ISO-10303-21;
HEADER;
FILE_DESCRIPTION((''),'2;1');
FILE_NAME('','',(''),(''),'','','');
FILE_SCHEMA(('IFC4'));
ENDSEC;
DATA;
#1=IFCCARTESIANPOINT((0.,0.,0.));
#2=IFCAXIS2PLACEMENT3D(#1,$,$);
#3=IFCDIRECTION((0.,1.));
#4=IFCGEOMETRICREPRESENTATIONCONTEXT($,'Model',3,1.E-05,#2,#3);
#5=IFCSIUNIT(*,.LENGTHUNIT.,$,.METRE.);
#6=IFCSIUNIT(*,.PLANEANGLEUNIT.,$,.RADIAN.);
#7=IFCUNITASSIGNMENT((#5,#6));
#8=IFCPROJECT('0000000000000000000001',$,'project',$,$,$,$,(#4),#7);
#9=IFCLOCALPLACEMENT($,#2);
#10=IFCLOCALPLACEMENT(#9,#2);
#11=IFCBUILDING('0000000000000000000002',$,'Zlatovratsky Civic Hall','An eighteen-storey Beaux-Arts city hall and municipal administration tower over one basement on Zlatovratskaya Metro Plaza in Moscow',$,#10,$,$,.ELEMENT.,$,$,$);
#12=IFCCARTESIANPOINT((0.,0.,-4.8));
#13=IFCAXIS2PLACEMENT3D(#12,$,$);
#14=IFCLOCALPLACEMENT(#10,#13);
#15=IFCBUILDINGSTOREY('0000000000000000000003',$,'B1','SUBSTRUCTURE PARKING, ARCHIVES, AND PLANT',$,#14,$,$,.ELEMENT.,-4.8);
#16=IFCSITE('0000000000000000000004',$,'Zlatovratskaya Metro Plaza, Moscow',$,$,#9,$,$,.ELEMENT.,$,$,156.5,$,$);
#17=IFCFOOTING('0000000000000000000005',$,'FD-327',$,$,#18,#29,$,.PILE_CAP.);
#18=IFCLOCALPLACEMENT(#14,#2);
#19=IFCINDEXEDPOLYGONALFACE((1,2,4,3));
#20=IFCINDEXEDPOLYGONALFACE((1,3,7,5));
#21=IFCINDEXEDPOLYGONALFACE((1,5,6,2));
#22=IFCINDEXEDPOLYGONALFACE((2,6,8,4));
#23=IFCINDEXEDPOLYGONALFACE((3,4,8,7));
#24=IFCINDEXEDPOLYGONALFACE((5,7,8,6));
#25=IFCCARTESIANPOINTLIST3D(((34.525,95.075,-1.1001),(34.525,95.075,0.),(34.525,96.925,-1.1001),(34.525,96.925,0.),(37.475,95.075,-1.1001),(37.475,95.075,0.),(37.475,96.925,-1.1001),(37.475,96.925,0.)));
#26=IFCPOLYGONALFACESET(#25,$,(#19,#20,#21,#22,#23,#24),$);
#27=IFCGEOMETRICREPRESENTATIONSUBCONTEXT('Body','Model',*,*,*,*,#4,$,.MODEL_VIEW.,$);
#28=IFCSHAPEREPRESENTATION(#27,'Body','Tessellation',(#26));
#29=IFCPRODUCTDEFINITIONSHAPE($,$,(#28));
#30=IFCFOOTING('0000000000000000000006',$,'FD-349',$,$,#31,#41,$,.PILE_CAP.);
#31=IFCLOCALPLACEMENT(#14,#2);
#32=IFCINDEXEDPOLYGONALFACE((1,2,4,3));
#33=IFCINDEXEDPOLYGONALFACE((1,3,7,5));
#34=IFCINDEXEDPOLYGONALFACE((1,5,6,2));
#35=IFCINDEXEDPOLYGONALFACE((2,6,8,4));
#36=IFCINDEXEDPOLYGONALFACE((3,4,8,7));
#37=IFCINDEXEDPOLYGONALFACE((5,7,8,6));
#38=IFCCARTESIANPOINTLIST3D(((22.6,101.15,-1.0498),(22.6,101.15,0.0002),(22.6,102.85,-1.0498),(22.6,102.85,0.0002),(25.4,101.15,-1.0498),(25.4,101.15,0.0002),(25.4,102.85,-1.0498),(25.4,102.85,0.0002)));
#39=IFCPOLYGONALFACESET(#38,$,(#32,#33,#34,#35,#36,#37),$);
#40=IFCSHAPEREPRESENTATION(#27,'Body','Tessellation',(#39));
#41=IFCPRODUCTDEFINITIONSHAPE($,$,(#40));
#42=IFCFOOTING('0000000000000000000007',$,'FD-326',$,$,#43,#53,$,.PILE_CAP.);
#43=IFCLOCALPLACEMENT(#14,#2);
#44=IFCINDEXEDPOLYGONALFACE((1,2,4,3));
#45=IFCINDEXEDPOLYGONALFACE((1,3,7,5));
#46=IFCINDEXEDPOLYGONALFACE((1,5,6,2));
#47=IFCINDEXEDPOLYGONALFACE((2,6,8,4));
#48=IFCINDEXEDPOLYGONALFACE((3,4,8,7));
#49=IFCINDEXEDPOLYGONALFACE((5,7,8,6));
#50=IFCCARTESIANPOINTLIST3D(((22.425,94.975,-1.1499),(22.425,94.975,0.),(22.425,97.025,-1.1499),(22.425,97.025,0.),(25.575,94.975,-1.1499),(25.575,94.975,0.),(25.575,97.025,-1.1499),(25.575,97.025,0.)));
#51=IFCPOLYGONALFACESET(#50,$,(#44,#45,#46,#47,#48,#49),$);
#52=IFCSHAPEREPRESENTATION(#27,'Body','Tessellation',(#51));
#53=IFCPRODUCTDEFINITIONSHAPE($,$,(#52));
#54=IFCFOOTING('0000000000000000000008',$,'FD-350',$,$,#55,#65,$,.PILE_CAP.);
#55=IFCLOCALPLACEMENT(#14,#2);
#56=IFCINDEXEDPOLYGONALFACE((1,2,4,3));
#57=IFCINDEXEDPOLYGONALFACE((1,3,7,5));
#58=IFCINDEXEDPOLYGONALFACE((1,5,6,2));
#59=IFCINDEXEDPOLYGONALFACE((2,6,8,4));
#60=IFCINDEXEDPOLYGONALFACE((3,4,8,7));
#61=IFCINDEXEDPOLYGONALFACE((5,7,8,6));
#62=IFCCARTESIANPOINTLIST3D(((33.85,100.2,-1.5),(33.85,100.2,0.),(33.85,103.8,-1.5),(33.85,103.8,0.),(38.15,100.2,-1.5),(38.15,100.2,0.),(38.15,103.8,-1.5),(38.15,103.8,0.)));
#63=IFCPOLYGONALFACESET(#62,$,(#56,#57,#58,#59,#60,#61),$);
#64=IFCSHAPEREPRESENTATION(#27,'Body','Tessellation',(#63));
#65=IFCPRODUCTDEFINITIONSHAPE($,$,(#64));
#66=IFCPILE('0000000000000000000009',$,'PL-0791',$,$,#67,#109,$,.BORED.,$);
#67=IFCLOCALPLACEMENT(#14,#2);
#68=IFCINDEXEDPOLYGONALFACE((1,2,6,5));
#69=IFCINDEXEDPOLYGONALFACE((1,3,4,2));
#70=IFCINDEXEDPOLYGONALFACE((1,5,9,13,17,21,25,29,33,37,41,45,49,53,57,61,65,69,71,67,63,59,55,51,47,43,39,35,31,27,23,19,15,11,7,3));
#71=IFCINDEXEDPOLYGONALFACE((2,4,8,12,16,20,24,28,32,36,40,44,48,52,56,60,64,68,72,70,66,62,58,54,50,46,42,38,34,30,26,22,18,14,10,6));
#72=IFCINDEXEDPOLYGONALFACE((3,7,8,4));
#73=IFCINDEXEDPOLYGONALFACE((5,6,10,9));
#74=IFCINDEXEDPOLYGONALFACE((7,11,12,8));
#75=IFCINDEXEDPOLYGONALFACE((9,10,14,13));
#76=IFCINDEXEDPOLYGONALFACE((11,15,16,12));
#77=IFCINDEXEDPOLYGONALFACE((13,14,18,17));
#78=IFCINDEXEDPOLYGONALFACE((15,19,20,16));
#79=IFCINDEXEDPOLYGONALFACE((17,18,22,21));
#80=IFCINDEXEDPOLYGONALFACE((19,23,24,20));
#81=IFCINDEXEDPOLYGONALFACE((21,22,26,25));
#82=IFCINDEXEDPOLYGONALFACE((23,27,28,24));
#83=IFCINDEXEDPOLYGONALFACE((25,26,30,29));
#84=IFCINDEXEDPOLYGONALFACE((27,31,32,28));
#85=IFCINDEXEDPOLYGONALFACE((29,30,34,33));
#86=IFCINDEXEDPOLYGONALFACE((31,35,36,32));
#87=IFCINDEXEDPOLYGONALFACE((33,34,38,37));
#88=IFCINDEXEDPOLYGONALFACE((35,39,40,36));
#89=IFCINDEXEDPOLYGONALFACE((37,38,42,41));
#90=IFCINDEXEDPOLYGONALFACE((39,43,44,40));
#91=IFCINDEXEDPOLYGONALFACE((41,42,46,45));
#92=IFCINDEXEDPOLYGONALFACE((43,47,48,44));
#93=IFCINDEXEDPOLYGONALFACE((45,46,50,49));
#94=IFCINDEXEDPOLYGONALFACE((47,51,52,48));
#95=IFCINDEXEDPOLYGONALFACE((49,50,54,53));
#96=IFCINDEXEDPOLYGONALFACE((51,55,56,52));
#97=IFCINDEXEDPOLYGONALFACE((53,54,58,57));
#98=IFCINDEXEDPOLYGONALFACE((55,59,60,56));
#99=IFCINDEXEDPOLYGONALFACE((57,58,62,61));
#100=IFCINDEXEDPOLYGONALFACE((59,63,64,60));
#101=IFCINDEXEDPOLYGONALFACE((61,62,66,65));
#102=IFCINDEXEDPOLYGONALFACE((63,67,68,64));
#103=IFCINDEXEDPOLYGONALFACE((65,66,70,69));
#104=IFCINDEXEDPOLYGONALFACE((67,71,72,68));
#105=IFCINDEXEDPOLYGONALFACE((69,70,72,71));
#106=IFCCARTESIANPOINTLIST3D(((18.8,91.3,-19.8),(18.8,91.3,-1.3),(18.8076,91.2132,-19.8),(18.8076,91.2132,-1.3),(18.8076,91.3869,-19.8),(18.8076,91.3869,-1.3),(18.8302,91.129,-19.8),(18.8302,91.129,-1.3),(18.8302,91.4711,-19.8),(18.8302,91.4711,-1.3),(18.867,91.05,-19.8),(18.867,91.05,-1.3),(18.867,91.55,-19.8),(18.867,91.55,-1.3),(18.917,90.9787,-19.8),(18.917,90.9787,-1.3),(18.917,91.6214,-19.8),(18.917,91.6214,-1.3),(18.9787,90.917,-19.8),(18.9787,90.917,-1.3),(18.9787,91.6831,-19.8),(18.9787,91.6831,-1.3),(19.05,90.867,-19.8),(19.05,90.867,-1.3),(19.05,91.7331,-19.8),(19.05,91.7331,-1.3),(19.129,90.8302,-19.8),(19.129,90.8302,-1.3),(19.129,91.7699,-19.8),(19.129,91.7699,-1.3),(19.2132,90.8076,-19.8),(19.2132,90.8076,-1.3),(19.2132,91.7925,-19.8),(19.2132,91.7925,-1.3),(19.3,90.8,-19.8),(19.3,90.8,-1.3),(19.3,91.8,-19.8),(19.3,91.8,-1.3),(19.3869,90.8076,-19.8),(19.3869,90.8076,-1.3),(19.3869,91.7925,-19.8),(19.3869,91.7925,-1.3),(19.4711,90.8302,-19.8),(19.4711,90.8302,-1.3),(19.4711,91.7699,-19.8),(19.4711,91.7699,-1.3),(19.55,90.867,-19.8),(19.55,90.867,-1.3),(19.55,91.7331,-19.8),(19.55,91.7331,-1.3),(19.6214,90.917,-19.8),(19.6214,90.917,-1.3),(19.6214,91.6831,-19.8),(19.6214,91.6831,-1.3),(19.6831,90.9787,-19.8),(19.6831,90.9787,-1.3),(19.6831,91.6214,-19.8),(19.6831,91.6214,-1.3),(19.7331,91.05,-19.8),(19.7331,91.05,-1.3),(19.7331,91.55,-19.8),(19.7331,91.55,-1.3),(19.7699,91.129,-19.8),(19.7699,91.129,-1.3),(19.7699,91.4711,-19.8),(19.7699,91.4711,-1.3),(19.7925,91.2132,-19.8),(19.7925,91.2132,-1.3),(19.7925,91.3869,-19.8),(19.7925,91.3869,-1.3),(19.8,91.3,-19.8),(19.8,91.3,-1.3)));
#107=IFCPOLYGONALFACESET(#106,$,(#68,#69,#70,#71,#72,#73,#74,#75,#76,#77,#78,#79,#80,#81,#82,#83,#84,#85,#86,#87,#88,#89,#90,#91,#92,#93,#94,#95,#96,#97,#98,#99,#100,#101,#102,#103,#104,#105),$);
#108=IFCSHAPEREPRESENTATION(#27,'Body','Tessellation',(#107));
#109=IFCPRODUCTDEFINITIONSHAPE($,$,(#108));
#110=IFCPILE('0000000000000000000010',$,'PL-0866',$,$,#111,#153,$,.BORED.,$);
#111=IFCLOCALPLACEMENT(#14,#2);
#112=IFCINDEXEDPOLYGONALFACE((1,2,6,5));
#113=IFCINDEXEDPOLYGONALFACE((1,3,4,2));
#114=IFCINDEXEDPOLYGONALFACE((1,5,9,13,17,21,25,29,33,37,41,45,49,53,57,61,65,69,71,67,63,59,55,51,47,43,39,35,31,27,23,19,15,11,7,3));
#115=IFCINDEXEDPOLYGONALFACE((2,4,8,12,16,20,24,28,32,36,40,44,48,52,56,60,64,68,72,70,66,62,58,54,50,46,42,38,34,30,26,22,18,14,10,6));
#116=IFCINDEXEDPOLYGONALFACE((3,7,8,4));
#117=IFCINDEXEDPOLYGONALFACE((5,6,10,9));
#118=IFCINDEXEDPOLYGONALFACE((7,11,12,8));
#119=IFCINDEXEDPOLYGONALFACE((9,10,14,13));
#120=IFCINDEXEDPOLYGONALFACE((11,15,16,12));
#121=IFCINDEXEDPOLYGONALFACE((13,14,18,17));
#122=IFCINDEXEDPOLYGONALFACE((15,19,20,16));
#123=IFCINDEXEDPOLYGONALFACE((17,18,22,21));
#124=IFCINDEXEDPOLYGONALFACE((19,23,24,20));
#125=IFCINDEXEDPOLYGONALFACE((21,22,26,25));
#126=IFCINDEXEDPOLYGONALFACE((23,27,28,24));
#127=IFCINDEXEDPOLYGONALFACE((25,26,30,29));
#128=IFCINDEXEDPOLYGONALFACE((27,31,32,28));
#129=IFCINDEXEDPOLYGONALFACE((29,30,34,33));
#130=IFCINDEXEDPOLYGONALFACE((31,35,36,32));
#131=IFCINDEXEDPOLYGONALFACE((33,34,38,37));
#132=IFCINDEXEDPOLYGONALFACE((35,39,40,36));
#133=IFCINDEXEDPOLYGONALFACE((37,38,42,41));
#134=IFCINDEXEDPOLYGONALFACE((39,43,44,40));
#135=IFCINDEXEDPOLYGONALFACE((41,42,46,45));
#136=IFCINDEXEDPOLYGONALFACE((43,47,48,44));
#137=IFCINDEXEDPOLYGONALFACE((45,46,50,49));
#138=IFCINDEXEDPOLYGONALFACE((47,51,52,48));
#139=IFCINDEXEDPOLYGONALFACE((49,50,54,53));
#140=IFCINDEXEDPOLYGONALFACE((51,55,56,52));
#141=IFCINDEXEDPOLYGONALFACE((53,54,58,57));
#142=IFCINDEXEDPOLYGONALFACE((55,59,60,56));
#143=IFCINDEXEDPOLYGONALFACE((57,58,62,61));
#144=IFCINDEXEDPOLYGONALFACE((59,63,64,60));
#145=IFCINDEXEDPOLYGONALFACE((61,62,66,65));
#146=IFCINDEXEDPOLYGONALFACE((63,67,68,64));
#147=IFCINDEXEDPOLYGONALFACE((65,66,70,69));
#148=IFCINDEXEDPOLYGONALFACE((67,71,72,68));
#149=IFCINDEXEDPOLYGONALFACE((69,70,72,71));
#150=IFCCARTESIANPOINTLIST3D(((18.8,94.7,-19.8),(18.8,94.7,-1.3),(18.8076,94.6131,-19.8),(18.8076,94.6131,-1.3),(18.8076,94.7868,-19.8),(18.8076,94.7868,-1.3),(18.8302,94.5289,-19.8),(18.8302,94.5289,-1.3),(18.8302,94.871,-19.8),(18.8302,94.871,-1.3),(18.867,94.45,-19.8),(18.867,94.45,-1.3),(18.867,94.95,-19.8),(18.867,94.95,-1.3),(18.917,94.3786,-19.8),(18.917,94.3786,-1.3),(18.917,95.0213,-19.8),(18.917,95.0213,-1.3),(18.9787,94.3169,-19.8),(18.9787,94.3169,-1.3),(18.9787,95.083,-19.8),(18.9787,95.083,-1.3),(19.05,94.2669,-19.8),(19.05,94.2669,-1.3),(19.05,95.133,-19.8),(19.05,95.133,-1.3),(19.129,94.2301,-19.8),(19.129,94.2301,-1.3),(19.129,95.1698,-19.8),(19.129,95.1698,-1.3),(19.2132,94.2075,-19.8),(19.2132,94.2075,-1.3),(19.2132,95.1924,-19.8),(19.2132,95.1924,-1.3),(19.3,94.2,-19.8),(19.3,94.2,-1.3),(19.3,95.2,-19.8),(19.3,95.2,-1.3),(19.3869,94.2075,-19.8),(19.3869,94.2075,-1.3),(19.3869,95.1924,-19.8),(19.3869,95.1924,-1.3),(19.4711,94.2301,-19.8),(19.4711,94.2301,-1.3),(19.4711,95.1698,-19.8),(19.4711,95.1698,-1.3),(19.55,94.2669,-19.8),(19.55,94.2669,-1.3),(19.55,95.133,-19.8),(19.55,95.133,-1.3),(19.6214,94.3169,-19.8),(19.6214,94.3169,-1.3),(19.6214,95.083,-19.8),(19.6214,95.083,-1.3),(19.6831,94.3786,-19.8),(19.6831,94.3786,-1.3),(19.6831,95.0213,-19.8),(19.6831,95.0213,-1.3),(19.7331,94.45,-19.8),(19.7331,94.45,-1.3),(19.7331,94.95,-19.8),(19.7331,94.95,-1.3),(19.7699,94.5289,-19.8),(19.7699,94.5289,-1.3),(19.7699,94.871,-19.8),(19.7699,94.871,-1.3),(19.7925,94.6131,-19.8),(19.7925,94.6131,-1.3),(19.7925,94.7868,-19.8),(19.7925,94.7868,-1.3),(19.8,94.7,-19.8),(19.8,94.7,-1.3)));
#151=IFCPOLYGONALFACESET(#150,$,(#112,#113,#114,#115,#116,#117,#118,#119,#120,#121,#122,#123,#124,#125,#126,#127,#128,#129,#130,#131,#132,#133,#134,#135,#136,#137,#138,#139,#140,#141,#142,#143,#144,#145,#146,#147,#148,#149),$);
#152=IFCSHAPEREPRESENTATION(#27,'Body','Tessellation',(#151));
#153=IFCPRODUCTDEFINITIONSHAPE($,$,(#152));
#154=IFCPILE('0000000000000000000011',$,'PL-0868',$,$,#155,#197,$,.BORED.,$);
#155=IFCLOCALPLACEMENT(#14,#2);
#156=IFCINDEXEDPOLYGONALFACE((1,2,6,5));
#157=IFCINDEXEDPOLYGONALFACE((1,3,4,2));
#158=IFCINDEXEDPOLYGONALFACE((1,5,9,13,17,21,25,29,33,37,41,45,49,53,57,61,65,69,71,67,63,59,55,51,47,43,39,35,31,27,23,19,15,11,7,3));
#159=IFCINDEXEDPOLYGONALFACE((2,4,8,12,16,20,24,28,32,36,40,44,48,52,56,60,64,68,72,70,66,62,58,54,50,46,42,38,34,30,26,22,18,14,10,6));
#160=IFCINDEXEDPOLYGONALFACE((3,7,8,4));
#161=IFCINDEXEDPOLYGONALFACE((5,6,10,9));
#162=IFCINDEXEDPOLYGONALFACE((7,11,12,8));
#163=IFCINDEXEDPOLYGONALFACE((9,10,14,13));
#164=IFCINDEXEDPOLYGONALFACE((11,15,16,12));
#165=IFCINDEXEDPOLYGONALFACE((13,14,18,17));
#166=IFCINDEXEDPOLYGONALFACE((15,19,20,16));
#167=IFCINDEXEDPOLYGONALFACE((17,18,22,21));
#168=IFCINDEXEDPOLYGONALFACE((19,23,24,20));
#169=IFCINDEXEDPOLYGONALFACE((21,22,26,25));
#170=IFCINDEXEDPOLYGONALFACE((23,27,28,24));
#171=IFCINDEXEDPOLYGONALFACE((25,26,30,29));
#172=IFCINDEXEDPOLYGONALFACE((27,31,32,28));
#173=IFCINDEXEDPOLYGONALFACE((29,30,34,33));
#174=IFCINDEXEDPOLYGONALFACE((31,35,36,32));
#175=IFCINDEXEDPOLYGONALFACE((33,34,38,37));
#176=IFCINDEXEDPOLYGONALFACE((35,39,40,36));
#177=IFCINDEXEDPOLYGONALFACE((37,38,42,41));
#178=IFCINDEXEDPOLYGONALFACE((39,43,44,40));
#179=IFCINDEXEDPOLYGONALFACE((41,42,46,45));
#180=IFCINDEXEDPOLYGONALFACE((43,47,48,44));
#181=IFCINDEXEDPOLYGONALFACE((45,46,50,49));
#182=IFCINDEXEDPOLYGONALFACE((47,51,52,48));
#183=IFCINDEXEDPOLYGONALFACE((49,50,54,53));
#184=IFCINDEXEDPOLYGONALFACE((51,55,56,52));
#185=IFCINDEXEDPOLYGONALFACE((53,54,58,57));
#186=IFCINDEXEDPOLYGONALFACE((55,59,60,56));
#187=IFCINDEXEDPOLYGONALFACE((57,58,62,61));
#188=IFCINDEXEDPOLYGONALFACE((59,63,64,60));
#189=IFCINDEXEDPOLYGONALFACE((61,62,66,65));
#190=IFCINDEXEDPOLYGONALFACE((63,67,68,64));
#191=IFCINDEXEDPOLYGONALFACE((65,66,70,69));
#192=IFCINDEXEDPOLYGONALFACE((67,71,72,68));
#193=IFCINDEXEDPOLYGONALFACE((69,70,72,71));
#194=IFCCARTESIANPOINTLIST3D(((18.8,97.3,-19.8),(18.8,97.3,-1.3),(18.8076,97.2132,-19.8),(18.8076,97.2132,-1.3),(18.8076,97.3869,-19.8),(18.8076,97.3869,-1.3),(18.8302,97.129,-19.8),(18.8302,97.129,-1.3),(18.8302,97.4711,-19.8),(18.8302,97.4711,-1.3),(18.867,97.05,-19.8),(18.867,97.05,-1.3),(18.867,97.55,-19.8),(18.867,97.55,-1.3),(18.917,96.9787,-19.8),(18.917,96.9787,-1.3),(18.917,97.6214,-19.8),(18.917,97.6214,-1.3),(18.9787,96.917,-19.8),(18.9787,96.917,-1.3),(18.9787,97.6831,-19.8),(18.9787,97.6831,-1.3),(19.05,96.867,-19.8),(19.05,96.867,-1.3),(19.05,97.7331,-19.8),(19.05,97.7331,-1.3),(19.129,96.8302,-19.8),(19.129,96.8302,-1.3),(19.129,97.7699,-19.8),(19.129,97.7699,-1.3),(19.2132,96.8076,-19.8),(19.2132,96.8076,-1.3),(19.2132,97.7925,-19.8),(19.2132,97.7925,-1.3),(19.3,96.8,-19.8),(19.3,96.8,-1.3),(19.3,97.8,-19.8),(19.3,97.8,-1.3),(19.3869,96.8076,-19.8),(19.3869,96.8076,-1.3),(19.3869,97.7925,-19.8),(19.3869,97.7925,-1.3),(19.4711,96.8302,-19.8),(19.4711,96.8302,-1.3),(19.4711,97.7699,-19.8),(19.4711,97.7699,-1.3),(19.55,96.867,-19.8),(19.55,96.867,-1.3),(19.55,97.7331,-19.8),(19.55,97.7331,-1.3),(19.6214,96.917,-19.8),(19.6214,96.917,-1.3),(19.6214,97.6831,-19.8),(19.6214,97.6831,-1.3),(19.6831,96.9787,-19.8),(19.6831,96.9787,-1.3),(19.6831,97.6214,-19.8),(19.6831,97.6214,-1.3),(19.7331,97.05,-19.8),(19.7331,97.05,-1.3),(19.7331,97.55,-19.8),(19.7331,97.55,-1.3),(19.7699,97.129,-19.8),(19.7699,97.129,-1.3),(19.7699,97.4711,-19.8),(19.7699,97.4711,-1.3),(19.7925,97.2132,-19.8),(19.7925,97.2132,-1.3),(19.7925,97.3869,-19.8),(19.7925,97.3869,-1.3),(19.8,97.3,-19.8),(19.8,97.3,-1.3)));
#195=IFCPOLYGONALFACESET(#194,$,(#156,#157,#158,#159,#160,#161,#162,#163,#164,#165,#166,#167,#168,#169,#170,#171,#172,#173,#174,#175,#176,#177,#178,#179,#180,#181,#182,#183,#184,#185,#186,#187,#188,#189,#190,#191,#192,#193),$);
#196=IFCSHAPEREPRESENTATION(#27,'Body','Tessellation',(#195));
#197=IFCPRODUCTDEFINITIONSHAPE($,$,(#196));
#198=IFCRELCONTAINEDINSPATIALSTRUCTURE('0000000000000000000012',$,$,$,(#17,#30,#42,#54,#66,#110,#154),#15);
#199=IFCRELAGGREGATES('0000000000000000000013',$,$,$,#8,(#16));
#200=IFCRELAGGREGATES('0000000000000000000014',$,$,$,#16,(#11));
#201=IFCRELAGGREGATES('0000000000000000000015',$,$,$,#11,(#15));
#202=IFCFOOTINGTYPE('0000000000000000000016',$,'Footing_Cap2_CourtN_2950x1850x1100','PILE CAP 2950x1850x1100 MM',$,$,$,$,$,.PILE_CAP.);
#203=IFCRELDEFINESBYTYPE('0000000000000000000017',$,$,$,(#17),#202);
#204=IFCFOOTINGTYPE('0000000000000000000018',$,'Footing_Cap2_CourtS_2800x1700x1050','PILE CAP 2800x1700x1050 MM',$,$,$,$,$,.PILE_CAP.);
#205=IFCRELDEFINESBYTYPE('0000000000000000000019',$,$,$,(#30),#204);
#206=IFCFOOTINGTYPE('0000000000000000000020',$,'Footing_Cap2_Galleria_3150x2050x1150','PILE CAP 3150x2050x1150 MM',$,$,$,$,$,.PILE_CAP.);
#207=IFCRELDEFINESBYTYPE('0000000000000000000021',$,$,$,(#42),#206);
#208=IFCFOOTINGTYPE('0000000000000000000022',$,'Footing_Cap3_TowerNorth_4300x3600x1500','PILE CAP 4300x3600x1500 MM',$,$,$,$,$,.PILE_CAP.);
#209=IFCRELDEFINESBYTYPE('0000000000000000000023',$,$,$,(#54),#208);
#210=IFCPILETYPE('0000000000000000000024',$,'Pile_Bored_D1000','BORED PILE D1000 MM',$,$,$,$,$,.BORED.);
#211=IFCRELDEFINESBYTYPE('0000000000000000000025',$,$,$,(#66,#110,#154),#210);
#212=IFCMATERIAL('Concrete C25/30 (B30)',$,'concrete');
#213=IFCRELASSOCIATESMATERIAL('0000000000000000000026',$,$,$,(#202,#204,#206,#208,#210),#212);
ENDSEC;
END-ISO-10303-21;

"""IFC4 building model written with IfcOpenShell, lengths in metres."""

from ifc_helpers import new_model, si_unit, direction, frame, origin, origin_2d, place, context, subcontext, project, spatial, rectangle, circle, extrude, material, material_profile, profile_set, type_object, element, save


model = new_model("IFC4")

# Units and contexts
model_context = context("Model", 3, precision=1e-05, world=origin(), true_north=direction((0.0, 1.0)))
body_context = subcontext(model_context, "Body", "Model", "MODEL_VIEW")
ifc_project = project(units=[si_unit("LENGTHUNIT", "METRE"), si_unit("PLANEANGLEUNIT", "RADIAN")], contexts=[model_context])

# Site, building, storey
site_placement = place(None, origin())
site = spatial("IfcSite", under=ifc_project, at=site_placement, Name="Zlatovratskaya Metro Plaza, Moscow", CompositionType="ELEMENT", RefElevation=156.5)
building_placement = place(site_placement, origin())
building = spatial("IfcBuilding", under=site, at=building_placement, Name="Zlatovratsky Civic Hall", Description="An eighteen-storey Beaux-Arts city hall and municipal administration tower over one basement on Zlatovratskaya Metro Plaza in Moscow", CompositionType="ELEMENT")
storey_placement = place(building_placement, frame((0.0, 0.0, -4.8)))
storey = spatial("IfcBuildingStorey", under=building, at=storey_placement, Name="B1", Description="SUBSTRUCTURE PARKING, ARCHIVES, AND PLANT", CompositionType="ELEMENT", Elevation=-4.8)

# Footings
ifc_material_1 = material(Name="Concrete C25/30 (B30)", Category="concrete")
footing_type_1 = type_object("IfcFootingType", Name="Footing_Cap2_CourtN_2950x1850x1100", Description="PILE CAP 2950x1850x1100 MM", PredefinedType="PILE_CAP", material=ifc_material_1)
footing_1_placement = place(storey_placement, frame((36.0, 96.0, -1.1001), z_axis=(0.0, 0.0, 1.0), x_axis=(1.0, 0.0, 0.0)))
element("IfcFooting", 1, at=footing_1_placement, inside=storey, type_object=footing_type_1, Name="FD-327", PredefinedType="PILE_CAP", context=body_context, shape_type="SweptSolid", body=[
    extrude(rectangle(XDim=2.95, YDim=1.8501, at=origin_2d()), origin(), (0.0, 0.0, 1.0), 1.1001),
])
footing_type_2 = type_object("IfcFootingType", Name="Footing_Cap2_CourtS_2800x1700x1050", Description="PILE CAP 2800x1700x1050 MM", PredefinedType="PILE_CAP", material=ifc_material_1)
footing_2_placement = place(storey_placement, frame((24.0, 102.0, -1.0498), z_axis=(0.0, 0.0, 1.0), x_axis=(1.0, 0.0, 0.0)))
element("IfcFooting", 2, at=footing_2_placement, inside=storey, type_object=footing_type_2, Name="FD-349", PredefinedType="PILE_CAP", context=body_context, shape_type="SweptSolid", body=[
    extrude(rectangle(XDim=2.8, YDim=1.7, at=origin_2d()), origin(), (0.0, 0.0, 1.0), 1.05),
])
footing_type_3 = type_object("IfcFootingType", Name="Footing_Cap2_Galleria_3150x2050x1150", Description="PILE CAP 3150x2050x1150 MM", PredefinedType="PILE_CAP", material=ifc_material_1)
footing_3_placement = place(storey_placement, frame((24.0, 96.0, -1.1499), z_axis=(0.0, 0.0, 1.0), x_axis=(1.0, 0.0, 0.0)))
element("IfcFooting", 3, at=footing_3_placement, inside=storey, type_object=footing_type_3, Name="FD-326", PredefinedType="PILE_CAP", context=body_context, shape_type="SweptSolid", body=[
    extrude(rectangle(XDim=3.1499, YDim=2.05, at=origin_2d()), origin(), (0.0, 0.0, 1.0), 1.1499),
])
footing_type_4 = type_object("IfcFootingType", Name="Footing_Cap3_TowerNorth_4300x3600x1500", Description="PILE CAP 4300x3600x1500 MM", PredefinedType="PILE_CAP", material=ifc_material_1)
footing_4_placement = place(storey_placement, frame((36.0, 102.0, -1.5), z_axis=(0.0, 0.0, 1.0), x_axis=(1.0, 0.0, 0.0)))
element("IfcFooting", 4, at=footing_4_placement, inside=storey, type_object=footing_type_4, Name="FD-350", PredefinedType="PILE_CAP", context=body_context, shape_type="SweptSolid", body=[
    extrude(rectangle(XDim=4.3, YDim=3.6001, at=origin_2d()), origin(), (0.0, 0.0, 1.0), 1.5),
])

# Piles
ifc_material_profile_1 = material_profile(ifc_material_1, circle(Radius=0.5, at=origin_2d()), Name="PILE D1000")
ifc_profile_set_1 = profile_set([ifc_material_profile_1], Name="Concrete C25/30 (B30)")
pile_type_1 = type_object("IfcPileType", Name="Pile_Bored_D1000", Description="BORED PILE D1000 MM", PredefinedType="BORED", material=ifc_profile_set_1)
for number, where, z_axis, x_axis, name in (
    (5, (19.3, 91.3, -1.3), (0.0, 0.0, -1.0), (1.0, 0.0, 0.0), "PL-0791"),
    (6, (19.3, 94.7, -1.3), (0.0, 0.0, -1.0), (1.0, 0.0, 0.0), "PL-0866"),
    (7, (19.3, 97.3, -1.3), (0.0, 0.0, -1.0), (1.0, 0.0, 0.0), "PL-0868"),
):
    element("IfcPile", number, at=place(storey_placement, frame(where, z_axis=z_axis, x_axis=x_axis)), inside=storey, type_object=pile_type_1, Name=name, PredefinedType="BORED", context=body_context, shape_type="SweptSolid", body=[
        extrude(circle(Radius=0.5, at=origin_2d()), origin(), (0.0, 0.0, 1.0), 18.5),
    ])

save(model, "model.ifc")
